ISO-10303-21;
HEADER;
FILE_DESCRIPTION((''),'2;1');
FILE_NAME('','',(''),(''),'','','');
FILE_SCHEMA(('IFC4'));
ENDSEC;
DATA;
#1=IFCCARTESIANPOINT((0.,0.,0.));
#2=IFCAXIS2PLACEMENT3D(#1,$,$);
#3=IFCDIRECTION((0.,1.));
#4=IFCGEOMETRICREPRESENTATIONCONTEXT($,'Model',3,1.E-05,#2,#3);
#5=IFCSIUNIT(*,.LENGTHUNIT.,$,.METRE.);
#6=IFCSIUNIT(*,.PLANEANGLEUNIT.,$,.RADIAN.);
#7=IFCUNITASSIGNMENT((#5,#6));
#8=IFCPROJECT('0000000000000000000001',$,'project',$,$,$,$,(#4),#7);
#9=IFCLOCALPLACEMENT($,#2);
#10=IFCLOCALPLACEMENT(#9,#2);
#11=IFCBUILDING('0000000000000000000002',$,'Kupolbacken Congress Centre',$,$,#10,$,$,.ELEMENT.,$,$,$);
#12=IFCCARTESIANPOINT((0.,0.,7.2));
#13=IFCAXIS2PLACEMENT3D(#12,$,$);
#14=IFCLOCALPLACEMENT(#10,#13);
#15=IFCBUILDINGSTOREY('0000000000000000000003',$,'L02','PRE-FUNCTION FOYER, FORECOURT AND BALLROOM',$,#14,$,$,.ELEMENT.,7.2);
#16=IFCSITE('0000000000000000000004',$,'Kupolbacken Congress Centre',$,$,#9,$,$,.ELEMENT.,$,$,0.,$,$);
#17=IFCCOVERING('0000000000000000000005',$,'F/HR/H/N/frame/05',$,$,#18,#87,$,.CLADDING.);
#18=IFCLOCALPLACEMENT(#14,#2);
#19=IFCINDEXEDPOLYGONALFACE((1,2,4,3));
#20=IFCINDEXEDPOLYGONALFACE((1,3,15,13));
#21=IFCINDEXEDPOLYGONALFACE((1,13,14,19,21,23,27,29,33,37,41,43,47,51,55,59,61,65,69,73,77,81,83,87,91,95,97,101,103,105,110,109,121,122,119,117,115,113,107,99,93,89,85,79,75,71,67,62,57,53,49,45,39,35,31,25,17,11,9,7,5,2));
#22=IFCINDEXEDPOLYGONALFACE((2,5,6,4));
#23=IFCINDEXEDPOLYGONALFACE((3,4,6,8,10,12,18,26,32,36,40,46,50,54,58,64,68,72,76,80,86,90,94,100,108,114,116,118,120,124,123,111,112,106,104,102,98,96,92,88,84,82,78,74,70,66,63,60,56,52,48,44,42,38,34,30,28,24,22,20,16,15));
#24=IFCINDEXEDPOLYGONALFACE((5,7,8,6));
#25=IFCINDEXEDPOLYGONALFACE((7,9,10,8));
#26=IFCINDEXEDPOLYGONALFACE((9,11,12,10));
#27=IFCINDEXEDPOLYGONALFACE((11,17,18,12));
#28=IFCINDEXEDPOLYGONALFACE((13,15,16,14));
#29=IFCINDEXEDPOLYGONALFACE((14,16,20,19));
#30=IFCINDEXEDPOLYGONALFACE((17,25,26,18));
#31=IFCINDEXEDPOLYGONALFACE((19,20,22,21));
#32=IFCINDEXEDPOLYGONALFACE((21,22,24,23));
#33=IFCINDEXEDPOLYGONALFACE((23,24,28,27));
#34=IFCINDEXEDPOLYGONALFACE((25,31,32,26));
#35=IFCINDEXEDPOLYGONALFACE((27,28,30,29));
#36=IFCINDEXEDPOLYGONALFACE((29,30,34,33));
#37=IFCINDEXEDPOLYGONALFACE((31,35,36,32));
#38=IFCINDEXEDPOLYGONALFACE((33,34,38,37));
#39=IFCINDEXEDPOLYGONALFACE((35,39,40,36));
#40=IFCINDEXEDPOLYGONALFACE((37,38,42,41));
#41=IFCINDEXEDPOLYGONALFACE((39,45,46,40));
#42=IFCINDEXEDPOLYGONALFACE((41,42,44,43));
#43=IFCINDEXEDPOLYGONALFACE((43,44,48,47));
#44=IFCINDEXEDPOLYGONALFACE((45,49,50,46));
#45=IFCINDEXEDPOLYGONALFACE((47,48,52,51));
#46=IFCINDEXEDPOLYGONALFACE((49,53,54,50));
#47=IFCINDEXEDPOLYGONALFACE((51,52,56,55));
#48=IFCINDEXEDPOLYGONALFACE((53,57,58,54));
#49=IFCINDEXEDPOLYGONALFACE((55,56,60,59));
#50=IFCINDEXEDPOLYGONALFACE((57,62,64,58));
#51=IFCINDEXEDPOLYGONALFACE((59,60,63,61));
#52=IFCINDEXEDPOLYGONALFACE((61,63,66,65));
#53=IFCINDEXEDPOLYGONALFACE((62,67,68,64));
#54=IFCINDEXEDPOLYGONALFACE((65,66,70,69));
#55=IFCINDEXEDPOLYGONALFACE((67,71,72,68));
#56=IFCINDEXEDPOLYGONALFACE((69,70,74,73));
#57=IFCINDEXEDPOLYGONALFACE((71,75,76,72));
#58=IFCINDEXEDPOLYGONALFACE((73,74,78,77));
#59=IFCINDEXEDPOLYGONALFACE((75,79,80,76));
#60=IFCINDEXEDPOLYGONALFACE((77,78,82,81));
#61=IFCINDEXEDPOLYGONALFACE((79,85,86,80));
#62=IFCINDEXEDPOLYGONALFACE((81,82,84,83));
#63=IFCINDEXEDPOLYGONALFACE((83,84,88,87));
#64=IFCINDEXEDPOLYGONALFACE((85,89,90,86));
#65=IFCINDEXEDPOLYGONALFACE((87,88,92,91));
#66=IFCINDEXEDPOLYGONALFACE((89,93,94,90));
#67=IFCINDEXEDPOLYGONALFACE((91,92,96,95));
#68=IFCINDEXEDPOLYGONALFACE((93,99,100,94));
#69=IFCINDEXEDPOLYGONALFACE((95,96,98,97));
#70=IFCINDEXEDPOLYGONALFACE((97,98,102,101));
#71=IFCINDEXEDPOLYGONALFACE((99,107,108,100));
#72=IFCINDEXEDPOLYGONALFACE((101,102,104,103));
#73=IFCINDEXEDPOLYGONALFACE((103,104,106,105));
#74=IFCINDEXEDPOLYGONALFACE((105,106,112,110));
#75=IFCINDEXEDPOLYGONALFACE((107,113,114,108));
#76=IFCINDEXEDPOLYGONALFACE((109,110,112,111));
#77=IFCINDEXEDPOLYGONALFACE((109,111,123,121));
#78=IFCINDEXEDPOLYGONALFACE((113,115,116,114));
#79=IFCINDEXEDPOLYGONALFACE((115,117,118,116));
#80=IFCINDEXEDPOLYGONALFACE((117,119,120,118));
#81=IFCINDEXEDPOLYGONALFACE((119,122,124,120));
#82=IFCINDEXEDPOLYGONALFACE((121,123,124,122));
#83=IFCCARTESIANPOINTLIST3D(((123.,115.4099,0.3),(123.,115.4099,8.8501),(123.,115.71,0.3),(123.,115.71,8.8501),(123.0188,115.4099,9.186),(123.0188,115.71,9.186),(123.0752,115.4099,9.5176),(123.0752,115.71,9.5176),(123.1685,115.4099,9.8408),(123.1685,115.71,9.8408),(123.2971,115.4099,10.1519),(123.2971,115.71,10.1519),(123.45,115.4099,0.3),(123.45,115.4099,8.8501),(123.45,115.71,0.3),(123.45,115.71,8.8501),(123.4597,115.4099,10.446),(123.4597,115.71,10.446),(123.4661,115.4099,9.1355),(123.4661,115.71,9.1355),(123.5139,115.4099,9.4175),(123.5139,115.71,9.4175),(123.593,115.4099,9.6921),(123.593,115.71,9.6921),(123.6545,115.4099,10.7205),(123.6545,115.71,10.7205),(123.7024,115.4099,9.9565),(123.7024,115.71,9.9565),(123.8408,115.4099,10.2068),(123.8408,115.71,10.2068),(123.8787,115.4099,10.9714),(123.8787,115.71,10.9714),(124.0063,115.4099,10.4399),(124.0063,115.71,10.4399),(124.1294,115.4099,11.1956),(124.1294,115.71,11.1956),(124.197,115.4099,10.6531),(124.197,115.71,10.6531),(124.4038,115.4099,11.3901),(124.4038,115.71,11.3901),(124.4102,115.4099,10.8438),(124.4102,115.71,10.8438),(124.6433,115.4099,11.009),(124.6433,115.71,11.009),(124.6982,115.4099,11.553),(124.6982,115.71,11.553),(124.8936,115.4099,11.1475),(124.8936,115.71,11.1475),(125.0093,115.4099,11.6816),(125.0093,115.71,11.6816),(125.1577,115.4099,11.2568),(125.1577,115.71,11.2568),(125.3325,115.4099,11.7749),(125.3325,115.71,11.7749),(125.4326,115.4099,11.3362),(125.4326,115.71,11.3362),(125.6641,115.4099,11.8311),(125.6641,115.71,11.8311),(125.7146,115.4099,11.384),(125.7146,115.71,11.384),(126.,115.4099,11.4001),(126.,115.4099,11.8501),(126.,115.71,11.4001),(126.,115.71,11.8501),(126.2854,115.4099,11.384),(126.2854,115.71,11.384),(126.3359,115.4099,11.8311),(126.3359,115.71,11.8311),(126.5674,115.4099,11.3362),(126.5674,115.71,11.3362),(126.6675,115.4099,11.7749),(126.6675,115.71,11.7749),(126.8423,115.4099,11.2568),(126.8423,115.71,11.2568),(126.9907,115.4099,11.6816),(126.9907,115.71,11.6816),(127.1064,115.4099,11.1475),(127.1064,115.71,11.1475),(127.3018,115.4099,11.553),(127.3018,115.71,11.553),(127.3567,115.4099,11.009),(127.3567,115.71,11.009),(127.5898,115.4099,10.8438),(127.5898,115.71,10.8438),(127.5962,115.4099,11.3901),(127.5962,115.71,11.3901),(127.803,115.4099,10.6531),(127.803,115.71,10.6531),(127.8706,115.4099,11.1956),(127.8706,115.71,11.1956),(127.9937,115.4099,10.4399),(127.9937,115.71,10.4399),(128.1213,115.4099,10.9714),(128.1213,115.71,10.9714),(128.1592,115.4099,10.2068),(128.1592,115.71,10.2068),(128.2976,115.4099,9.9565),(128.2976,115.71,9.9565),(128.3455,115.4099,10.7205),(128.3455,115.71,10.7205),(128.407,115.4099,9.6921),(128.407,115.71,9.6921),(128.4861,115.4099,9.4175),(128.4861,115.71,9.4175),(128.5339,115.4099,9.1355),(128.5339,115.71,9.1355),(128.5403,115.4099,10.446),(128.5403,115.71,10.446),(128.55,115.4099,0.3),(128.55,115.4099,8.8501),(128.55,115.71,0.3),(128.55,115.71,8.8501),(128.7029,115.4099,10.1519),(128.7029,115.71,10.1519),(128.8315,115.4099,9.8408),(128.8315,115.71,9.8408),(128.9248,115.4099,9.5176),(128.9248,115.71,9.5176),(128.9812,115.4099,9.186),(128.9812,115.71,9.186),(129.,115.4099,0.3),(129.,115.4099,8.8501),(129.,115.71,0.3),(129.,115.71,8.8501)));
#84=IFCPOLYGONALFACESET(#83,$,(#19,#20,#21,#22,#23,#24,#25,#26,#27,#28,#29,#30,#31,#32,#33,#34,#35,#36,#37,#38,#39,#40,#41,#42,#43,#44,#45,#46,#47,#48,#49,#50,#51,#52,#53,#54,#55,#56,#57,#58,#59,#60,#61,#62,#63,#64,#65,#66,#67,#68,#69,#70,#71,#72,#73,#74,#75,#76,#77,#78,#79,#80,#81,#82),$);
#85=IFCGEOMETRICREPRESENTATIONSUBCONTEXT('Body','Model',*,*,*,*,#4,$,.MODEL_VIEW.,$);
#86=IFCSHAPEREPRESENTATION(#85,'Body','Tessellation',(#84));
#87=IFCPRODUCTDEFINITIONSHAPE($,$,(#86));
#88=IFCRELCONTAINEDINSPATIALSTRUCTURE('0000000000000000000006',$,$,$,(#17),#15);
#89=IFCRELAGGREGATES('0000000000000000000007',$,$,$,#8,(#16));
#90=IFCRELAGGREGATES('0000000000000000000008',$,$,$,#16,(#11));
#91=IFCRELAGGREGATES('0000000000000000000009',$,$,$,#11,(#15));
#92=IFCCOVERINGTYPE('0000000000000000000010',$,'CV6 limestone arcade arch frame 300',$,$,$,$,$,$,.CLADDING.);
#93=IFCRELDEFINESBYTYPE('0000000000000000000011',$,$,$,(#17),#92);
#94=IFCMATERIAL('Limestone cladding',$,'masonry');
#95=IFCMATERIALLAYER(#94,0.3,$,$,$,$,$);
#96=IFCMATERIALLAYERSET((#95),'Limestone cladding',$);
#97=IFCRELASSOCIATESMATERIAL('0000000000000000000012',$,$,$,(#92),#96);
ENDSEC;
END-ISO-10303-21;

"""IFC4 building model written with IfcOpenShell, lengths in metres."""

from ifc_helpers import new_model, si_unit, direction, frame, origin, place, context, subcontext, project, spatial, polyline, outline, extrude, material, layer, layer_set, type_object, element, save


model = new_model("IFC4")

# Units and contexts
model_context = context("Model", 3, precision=1e-05, world=origin(), true_north=direction((0.0, 1.0)))
body_context = subcontext(model_context, "Body", "Model", "MODEL_VIEW")
ifc_project = project(units=[si_unit("LENGTHUNIT", "METRE"), si_unit("PLANEANGLEUNIT", "RADIAN")], contexts=[model_context])

# Site, building, storey
site_placement = place(None, origin())
site = spatial("IfcSite", under=ifc_project, at=site_placement, Name="Kupolbacken Congress Centre", CompositionType="ELEMENT", RefElevation=0.0)
building_placement = place(site_placement, origin())
building = spatial("IfcBuilding", under=site, at=building_placement, Name="Kupolbacken Congress Centre", CompositionType="ELEMENT")
storey_placement = place(building_placement, frame((0.0, 0.0, 7.2)))
storey = spatial("IfcBuildingStorey", under=building, at=storey_placement, Name="L02", Description="PRE-FUNCTION FOYER, FORECOURT AND BALLROOM", CompositionType="ELEMENT", Elevation=7.2)

# Covering
ifc_material_1 = material(Name="Limestone cladding", Category="masonry")
ifc_layer_1 = layer(ifc_material_1, 0.3)
ifc_layer_set_1 = layer_set([ifc_layer_1], Name="Limestone cladding")
covering_type_1 = type_object("IfcCoveringType", Name="CV6 limestone arcade arch frame 300", PredefinedType="CLADDING", material=ifc_layer_set_1)
covering_1_placement = place(storey_placement, frame((123.0, 115.4099, 0.3), z_axis=(0.0, 1.0, 0.0), x_axis=(-1.0, 0.0, 0.0)))
element("IfcCovering", 1, at=covering_1_placement, inside=storey, type_object=covering_type_1, Name="F/HR/H/N/frame/05", PredefinedType="CLADDING", context=body_context, shape_type="SweptSolid", body=[
    extrude(outline(polyline([(0.0, 0.0), (0.0, 8.55), (-0.0188, 8.886), (-0.0752, 9.2175), (-0.1685, 9.5408), (-0.2971, 9.8518), (-0.4597, 10.146), (-0.6545, 10.4204), (-0.8787, 10.6714), (-1.1294, 10.8955), (-1.4038, 11.0901), (-1.6982, 11.2529), (-2.0093, 11.3816), (-2.3325, 11.4749), (-2.6641, 11.531), (-3.0, 11.55), (-3.3359, 11.531), (-3.6675, 11.4749), (-3.9907, 11.3816), (-4.3018, 11.2529), (-4.5962, 11.0901), (-4.8706, 10.8955), (-5.1213, 10.6714), (-5.3455, 10.4204), (-5.5403, 10.146), (-5.7029, 9.8518), (-5.8315, 9.5408), (-5.9248, 9.2175), (-5.9812, 8.886), (-6.0, 8.55), (-6.0, 0.0), (-5.55, 0.0), (-5.55, 8.55), (-5.5339, 8.8354), (-5.4861, 9.1174), (-5.407, 9.3921), (-5.2976, 9.6565), (-5.1592, 9.9067), (-4.9937, 10.1399), (-4.803, 10.353), (-4.5898, 10.5437), (-4.3567, 10.709), (-4.1064, 10.8474), (-3.8423, 10.9568), (-3.5674, 11.0361), (-3.2854, 11.084), (-3.0, 11.1001), (-2.7146, 11.084), (-2.4326, 11.0361), (-2.1577, 10.9568), (-1.8936, 10.8474), (-1.6433, 10.709), (-1.4102, 10.5437), (-1.197, 10.353), (-1.0063, 10.1399), (-0.8408, 9.9067), (-0.7024, 9.6565), (-0.593, 9.3921), (-0.5139, 9.1174), (-0.4661, 8.8354), (-0.45, 8.55), (-0.45, 0.0), (0.0, 0.0)])), origin(), (0.0, 0.0, 1.0), 0.3),
])

save(model, "model.ifc")
